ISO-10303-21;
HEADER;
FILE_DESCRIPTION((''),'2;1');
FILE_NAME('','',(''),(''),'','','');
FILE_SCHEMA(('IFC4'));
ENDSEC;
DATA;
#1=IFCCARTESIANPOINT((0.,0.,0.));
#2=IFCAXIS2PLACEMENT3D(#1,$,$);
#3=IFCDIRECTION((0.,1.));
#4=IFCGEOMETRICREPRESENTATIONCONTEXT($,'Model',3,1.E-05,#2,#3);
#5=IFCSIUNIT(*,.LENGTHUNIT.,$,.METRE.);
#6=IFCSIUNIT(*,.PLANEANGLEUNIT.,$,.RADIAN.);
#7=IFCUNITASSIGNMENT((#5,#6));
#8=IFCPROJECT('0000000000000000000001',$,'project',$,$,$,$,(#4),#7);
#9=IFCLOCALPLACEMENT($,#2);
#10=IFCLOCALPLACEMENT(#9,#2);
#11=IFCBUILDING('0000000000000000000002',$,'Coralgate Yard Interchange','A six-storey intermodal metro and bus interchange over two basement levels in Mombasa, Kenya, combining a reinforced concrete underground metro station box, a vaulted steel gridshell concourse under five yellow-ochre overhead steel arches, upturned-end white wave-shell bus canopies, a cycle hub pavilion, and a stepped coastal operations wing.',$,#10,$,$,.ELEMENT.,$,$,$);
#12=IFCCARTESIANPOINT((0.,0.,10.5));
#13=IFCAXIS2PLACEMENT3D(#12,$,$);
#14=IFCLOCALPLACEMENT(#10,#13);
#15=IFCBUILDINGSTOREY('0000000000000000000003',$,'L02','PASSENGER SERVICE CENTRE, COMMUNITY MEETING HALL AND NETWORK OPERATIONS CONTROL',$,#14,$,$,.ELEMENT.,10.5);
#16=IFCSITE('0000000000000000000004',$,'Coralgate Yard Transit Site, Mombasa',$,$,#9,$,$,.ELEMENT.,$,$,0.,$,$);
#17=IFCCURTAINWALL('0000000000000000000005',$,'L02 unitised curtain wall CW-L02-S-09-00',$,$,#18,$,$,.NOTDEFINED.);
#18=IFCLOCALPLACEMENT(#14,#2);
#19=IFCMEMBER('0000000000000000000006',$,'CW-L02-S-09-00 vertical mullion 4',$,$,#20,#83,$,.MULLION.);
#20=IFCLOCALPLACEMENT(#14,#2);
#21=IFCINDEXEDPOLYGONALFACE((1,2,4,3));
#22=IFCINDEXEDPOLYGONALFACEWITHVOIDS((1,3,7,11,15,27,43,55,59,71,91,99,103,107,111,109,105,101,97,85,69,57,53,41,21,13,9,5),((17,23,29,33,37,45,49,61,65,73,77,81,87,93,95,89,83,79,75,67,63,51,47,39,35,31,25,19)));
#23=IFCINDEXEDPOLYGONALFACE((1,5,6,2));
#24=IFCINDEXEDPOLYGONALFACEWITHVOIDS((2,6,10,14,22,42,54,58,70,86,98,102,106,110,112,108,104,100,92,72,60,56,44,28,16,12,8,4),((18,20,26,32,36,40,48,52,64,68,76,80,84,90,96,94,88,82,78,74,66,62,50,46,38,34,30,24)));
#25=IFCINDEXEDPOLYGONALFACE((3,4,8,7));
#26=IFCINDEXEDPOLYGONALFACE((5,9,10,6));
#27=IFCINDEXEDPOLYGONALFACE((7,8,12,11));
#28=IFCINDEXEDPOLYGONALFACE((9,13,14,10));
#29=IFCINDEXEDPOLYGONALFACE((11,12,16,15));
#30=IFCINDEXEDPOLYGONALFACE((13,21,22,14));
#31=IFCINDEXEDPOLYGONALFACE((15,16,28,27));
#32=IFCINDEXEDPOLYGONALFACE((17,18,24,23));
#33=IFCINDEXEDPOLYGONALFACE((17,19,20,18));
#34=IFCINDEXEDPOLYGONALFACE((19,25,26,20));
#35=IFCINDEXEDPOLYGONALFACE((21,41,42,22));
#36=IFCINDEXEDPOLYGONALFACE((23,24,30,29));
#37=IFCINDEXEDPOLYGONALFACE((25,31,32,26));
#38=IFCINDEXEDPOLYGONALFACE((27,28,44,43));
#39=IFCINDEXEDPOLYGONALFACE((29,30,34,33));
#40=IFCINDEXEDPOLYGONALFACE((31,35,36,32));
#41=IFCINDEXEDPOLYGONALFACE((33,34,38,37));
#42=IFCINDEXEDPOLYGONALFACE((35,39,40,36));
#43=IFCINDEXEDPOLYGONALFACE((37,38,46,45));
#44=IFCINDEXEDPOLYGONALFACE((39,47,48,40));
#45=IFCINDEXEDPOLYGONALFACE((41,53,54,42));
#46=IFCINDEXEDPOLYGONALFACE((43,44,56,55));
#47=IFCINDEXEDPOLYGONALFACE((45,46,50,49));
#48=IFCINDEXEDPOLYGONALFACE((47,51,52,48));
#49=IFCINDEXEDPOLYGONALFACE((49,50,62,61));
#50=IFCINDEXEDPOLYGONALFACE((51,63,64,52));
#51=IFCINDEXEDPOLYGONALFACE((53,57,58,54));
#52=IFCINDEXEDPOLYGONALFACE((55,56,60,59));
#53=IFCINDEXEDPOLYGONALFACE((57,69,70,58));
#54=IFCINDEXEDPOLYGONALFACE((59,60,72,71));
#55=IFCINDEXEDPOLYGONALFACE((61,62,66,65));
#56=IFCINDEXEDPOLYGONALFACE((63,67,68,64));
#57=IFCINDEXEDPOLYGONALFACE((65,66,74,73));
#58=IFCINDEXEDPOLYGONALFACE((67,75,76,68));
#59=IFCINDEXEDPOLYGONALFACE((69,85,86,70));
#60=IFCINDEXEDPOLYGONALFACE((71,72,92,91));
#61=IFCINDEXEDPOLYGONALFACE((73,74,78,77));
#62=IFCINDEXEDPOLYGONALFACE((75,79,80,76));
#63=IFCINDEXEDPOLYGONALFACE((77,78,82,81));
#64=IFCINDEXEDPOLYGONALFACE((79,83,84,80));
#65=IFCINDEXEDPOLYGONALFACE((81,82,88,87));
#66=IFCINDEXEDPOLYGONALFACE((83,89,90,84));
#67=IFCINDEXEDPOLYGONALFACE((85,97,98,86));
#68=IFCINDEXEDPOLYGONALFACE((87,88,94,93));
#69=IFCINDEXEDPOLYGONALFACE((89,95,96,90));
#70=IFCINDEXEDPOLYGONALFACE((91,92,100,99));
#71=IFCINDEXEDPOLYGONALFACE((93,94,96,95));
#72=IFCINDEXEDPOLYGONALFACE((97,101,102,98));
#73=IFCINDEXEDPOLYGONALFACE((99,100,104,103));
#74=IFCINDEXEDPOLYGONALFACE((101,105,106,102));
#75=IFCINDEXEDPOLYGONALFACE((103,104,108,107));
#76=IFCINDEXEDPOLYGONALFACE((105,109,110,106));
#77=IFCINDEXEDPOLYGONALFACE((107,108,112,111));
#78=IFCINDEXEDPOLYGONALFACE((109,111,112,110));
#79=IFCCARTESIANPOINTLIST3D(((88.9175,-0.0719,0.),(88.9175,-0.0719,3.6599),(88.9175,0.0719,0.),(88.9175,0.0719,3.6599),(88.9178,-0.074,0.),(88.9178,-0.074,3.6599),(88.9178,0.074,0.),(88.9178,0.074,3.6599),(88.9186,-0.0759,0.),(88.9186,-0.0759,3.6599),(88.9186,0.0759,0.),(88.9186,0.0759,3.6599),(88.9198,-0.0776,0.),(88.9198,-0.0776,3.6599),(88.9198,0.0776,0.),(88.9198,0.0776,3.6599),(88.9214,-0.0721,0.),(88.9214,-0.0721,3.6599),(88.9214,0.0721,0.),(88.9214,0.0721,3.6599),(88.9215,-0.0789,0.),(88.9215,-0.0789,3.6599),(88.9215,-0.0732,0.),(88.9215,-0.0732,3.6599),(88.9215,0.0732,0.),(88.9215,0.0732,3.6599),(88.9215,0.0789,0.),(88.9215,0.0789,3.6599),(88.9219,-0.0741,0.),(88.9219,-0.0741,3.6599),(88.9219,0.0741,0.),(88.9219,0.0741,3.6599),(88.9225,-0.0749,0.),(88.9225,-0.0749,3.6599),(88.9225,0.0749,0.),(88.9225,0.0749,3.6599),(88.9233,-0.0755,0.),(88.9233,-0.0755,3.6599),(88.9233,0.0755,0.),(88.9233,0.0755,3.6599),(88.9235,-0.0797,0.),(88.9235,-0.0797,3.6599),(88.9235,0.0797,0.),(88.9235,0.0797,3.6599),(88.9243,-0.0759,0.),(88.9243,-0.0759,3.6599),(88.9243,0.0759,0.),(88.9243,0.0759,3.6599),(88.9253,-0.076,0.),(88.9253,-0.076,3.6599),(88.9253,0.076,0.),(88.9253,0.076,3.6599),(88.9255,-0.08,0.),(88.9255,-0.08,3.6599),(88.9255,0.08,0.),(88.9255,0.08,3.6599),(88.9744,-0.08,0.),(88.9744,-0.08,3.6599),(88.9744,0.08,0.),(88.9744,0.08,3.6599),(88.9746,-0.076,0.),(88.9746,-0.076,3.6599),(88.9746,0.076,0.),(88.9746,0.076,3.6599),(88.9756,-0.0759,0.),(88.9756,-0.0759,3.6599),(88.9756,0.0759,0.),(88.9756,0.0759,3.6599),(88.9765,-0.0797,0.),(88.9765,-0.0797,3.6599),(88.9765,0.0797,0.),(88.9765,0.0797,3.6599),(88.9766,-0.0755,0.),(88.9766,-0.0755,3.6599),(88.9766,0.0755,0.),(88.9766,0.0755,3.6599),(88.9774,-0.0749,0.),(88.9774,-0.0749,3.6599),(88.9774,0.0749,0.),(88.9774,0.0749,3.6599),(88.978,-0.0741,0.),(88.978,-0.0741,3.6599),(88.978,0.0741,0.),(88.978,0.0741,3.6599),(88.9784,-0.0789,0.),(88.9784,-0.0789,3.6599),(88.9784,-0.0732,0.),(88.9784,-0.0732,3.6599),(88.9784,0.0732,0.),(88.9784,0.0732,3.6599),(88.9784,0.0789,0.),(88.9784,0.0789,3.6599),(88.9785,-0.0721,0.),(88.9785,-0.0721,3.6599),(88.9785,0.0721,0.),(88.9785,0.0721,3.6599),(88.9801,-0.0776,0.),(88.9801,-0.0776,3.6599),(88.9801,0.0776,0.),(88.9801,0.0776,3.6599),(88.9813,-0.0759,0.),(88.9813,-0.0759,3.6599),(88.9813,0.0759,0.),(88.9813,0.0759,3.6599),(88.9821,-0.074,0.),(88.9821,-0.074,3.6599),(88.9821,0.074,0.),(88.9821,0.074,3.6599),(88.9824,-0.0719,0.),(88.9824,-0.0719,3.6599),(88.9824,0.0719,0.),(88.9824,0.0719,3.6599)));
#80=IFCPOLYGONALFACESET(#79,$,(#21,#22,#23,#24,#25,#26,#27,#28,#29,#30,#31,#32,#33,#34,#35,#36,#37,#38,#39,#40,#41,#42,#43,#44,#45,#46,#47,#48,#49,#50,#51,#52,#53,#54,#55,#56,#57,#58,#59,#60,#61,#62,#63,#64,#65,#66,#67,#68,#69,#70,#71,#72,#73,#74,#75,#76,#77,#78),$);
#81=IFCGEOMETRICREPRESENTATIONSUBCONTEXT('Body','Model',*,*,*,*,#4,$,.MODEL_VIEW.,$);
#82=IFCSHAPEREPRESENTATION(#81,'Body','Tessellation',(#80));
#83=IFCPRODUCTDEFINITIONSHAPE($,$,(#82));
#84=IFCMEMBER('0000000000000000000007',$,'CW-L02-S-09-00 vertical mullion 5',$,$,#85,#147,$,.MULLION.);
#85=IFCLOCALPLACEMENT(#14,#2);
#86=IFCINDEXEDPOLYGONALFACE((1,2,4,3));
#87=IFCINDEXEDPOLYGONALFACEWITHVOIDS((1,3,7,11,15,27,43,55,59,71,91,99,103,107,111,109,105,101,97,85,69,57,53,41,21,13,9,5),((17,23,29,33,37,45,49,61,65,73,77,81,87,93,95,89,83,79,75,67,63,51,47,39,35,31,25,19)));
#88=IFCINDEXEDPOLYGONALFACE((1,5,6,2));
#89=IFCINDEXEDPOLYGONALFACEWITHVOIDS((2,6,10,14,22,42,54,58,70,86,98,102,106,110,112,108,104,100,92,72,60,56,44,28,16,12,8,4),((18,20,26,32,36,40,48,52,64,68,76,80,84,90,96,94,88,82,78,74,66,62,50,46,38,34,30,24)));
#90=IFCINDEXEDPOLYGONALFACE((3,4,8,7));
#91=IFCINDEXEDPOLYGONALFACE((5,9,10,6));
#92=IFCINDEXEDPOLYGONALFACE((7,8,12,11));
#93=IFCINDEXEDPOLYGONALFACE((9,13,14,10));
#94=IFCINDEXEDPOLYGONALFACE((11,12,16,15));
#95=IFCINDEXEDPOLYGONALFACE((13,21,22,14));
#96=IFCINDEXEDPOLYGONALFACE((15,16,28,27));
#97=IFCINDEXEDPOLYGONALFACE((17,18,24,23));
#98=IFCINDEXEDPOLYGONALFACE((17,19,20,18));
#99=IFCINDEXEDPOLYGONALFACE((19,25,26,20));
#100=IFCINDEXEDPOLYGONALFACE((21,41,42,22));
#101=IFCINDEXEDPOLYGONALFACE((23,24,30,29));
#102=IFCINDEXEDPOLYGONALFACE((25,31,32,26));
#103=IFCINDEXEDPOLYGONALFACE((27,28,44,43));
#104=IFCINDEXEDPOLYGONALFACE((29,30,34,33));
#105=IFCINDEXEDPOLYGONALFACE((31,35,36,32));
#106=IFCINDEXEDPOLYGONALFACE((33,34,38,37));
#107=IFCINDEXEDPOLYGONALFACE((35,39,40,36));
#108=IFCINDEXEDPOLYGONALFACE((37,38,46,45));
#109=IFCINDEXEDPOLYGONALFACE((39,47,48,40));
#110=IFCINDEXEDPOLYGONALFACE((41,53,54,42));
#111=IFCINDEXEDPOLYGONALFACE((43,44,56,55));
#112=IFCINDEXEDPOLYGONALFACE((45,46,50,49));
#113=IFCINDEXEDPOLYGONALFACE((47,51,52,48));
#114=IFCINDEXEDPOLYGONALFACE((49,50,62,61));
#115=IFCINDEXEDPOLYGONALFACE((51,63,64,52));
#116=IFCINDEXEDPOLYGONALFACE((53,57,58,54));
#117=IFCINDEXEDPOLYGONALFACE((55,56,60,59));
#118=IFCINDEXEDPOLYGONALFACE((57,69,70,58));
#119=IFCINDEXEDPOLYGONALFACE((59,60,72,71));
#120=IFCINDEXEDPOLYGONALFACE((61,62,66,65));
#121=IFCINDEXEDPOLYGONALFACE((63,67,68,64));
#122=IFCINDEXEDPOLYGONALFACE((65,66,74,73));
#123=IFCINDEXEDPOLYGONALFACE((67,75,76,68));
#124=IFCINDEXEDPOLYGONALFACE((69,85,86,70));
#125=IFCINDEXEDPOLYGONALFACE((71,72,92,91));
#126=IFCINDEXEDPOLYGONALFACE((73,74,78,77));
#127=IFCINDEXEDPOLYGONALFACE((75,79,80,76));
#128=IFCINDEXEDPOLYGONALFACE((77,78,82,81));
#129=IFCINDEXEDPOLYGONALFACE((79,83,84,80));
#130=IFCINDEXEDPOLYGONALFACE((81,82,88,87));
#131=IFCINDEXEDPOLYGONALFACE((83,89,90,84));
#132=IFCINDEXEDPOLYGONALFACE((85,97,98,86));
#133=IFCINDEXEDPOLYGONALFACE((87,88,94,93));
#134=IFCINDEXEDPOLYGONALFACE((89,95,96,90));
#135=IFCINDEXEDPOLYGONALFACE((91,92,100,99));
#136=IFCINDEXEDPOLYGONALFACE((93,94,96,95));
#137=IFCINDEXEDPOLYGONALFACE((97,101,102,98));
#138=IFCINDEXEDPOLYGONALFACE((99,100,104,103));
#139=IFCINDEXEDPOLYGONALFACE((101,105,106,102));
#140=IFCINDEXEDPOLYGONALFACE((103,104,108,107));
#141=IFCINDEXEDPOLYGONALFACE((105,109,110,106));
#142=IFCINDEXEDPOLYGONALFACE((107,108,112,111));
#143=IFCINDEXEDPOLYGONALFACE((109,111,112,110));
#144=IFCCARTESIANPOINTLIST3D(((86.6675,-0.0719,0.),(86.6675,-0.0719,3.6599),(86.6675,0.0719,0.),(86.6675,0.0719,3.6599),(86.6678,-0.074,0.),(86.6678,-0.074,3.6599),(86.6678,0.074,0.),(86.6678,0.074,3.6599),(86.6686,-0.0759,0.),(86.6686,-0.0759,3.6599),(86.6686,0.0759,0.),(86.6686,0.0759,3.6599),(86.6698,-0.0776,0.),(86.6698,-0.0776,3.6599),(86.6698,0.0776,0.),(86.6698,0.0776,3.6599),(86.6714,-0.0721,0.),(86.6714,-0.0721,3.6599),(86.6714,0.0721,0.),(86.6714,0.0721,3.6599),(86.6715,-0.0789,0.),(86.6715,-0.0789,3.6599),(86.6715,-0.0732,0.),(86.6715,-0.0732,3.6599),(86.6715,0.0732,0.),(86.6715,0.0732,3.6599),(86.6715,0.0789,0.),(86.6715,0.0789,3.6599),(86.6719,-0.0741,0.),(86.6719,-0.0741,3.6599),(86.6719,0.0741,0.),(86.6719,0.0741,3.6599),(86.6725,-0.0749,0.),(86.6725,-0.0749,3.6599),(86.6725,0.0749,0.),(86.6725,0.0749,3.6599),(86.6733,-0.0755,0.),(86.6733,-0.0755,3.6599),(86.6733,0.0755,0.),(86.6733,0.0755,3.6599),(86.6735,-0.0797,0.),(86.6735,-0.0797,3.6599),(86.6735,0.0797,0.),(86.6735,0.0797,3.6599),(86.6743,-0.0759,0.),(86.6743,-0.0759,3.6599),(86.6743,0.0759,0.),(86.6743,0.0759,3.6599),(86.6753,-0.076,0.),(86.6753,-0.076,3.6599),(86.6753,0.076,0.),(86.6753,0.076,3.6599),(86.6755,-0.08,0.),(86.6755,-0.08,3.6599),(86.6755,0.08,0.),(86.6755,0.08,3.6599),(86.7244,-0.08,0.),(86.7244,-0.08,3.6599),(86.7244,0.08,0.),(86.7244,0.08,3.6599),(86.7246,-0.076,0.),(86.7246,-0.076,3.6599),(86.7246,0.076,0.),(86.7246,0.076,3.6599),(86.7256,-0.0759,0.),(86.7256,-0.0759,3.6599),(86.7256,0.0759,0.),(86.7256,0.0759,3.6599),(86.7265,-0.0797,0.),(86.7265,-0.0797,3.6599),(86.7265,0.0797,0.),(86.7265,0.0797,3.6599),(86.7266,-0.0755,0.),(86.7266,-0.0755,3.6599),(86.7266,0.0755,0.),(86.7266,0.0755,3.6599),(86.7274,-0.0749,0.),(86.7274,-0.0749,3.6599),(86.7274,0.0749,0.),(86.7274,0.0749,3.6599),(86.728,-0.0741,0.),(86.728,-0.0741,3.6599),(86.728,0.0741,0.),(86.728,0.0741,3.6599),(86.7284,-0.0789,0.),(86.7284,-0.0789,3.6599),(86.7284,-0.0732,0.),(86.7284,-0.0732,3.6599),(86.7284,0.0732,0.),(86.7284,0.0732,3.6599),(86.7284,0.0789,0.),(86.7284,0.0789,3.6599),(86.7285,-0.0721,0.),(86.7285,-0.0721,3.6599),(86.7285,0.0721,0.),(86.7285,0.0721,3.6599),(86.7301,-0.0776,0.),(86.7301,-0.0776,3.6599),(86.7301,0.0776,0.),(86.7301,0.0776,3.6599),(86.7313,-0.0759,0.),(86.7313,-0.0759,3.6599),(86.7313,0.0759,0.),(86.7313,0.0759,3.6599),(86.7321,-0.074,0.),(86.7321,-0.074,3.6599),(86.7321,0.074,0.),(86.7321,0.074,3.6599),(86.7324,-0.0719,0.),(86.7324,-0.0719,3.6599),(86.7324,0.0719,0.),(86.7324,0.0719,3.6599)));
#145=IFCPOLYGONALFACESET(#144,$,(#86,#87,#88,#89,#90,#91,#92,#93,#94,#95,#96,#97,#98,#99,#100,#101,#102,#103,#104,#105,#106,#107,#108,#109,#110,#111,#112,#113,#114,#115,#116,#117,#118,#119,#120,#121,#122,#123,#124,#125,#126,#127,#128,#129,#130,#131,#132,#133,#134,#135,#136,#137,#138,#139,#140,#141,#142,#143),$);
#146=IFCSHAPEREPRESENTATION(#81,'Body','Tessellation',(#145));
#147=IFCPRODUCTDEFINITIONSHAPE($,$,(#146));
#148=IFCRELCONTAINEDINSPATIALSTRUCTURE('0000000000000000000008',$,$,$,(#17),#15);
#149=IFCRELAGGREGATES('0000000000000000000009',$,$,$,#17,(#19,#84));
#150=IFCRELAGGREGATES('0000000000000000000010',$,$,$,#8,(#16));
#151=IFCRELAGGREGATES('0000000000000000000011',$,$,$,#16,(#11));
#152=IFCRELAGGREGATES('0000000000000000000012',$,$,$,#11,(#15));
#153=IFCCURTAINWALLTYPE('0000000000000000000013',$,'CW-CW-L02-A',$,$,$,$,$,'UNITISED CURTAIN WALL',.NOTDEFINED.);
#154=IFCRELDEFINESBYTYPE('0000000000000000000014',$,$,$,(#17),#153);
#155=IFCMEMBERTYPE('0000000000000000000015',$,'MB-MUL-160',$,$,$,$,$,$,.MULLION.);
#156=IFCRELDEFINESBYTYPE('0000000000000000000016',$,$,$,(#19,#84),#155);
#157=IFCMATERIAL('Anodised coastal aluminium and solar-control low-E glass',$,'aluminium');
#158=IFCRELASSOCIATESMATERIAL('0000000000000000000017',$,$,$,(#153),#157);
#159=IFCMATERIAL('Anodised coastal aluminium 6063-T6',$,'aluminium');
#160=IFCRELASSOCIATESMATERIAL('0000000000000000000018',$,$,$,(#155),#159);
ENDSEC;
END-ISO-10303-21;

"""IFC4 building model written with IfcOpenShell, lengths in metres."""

from ifc_helpers import new_model, si_unit, direction, frame, origin, origin_2d, place, context, subcontext, project, spatial, hollow_rectangle, extrude, material, material_profile, profile_set, type_object, element, aggregate, save


model = new_model("IFC4")

# Units and contexts
model_context = context("Model", 3, precision=1e-05, world=origin(), true_north=direction((0.0, 1.0)))
body_context = subcontext(model_context, "Body", "Model", "MODEL_VIEW")
ifc_project = project(units=[si_unit("LENGTHUNIT", "METRE"), si_unit("PLANEANGLEUNIT", "RADIAN")], contexts=[model_context])

# Site, building, storey
site_placement = place(None, origin())
site = spatial("IfcSite", under=ifc_project, at=site_placement, Name="Coralgate Yard Transit Site, Mombasa", CompositionType="ELEMENT", RefElevation=0.0)
building_placement = place(site_placement, origin())
building = spatial("IfcBuilding", under=site, at=building_placement, Name="Coralgate Yard Interchange", Description="A six-storey intermodal metro and bus interchange over two basement levels in Mombasa, Kenya, combining a reinforced concrete underground metro station box, a vaulted steel gridshell concourse under five yellow-ochre overhead steel arches, upturned-end white wave-shell bus canopies, a cycle hub pavilion, and a stepped coastal operations wing.", CompositionType="ELEMENT")
storey_placement = place(building_placement, frame((0.0, 0.0, 10.5)))
storey = spatial("IfcBuildingStorey", under=building, at=storey_placement, Name="L02", Description="PASSENGER SERVICE CENTRE, COMMUNITY MEETING HALL AND NETWORK OPERATIONS CONTROL", CompositionType="ELEMENT", Elevation=10.5)

# Curtain wall, members
ifc_material_1 = material(Name="Anodised coastal aluminium and solar-control low-E glass", Category="aluminium")
curtain_wall_type = type_object("IfcCurtainWallType", Name="CW-CW-L02-A", ElementType="UNITISED CURTAIN WALL", PredefinedType="NOTDEFINED", material=ifc_material_1)
curtain_wall_placement = place(storey_placement, origin())
curtain_wall = element("IfcCurtainWall", 1, at=curtain_wall_placement, inside=storey, type_object=curtain_wall_type, Name="L02 unitised curtain wall CW-L02-S-09-00", PredefinedType="NOTDEFINED")
ifc_material_2 = material(Name="Anodised coastal aluminium 6063-T6", Category="aluminium")
ifc_material_profile_1 = material_profile(ifc_material_2, hollow_rectangle(XDim=0.0649, YDim=0.1599, WallThickness=0.0039, InnerFilletRadius=0.0039, OuterFilletRadius=0.0081, at=origin_2d()), Name="ALU 65x160x4")
ifc_profile_set_1 = profile_set([ifc_material_profile_1], Name="Anodised coastal aluminium 6063-T6")
member_type_1 = type_object("IfcMemberType", Name="MB-MUL-160", PredefinedType="MULLION", material=ifc_profile_set_1)
member_1_placement = place(storey_placement, frame((88.95, 0.0, 0.0), z_axis=(0.0, 0.0, 1.0), x_axis=(1.0, 0.0, 0.0)))
member_1 = element("IfcMember", 2, at=member_1_placement, type_object=member_type_1, Name="CW-L02-S-09-00 vertical mullion 4", PredefinedType="MULLION", context=body_context, shape_type="SweptSolid", body=[
    extrude(hollow_rectangle(XDim=0.0649, YDim=0.1599, WallThickness=0.0039, InnerFilletRadius=0.0039, OuterFilletRadius=0.0081, at=origin_2d()), origin(), (0.0, 0.0, 1.0), 3.6599),
])
member_2_placement = place(storey_placement, frame((86.7, 0.0, 0.0), z_axis=(0.0, 0.0, 1.0), x_axis=(1.0, 0.0, 0.0)))
member_2 = element("IfcMember", 3, at=member_2_placement, type_object=member_type_1, Name="CW-L02-S-09-00 vertical mullion 5", PredefinedType="MULLION", context=body_context, shape_type="SweptSolid", body=[
    extrude(hollow_rectangle(XDim=0.0649, YDim=0.1599, WallThickness=0.0039, InnerFilletRadius=0.0039, OuterFilletRadius=0.0081, at=origin_2d()), origin(), (0.0, 0.0, 1.0), 3.6599),
])
aggregate(curtain_wall, [member_1, member_2])

save(model, "model.ifc")
